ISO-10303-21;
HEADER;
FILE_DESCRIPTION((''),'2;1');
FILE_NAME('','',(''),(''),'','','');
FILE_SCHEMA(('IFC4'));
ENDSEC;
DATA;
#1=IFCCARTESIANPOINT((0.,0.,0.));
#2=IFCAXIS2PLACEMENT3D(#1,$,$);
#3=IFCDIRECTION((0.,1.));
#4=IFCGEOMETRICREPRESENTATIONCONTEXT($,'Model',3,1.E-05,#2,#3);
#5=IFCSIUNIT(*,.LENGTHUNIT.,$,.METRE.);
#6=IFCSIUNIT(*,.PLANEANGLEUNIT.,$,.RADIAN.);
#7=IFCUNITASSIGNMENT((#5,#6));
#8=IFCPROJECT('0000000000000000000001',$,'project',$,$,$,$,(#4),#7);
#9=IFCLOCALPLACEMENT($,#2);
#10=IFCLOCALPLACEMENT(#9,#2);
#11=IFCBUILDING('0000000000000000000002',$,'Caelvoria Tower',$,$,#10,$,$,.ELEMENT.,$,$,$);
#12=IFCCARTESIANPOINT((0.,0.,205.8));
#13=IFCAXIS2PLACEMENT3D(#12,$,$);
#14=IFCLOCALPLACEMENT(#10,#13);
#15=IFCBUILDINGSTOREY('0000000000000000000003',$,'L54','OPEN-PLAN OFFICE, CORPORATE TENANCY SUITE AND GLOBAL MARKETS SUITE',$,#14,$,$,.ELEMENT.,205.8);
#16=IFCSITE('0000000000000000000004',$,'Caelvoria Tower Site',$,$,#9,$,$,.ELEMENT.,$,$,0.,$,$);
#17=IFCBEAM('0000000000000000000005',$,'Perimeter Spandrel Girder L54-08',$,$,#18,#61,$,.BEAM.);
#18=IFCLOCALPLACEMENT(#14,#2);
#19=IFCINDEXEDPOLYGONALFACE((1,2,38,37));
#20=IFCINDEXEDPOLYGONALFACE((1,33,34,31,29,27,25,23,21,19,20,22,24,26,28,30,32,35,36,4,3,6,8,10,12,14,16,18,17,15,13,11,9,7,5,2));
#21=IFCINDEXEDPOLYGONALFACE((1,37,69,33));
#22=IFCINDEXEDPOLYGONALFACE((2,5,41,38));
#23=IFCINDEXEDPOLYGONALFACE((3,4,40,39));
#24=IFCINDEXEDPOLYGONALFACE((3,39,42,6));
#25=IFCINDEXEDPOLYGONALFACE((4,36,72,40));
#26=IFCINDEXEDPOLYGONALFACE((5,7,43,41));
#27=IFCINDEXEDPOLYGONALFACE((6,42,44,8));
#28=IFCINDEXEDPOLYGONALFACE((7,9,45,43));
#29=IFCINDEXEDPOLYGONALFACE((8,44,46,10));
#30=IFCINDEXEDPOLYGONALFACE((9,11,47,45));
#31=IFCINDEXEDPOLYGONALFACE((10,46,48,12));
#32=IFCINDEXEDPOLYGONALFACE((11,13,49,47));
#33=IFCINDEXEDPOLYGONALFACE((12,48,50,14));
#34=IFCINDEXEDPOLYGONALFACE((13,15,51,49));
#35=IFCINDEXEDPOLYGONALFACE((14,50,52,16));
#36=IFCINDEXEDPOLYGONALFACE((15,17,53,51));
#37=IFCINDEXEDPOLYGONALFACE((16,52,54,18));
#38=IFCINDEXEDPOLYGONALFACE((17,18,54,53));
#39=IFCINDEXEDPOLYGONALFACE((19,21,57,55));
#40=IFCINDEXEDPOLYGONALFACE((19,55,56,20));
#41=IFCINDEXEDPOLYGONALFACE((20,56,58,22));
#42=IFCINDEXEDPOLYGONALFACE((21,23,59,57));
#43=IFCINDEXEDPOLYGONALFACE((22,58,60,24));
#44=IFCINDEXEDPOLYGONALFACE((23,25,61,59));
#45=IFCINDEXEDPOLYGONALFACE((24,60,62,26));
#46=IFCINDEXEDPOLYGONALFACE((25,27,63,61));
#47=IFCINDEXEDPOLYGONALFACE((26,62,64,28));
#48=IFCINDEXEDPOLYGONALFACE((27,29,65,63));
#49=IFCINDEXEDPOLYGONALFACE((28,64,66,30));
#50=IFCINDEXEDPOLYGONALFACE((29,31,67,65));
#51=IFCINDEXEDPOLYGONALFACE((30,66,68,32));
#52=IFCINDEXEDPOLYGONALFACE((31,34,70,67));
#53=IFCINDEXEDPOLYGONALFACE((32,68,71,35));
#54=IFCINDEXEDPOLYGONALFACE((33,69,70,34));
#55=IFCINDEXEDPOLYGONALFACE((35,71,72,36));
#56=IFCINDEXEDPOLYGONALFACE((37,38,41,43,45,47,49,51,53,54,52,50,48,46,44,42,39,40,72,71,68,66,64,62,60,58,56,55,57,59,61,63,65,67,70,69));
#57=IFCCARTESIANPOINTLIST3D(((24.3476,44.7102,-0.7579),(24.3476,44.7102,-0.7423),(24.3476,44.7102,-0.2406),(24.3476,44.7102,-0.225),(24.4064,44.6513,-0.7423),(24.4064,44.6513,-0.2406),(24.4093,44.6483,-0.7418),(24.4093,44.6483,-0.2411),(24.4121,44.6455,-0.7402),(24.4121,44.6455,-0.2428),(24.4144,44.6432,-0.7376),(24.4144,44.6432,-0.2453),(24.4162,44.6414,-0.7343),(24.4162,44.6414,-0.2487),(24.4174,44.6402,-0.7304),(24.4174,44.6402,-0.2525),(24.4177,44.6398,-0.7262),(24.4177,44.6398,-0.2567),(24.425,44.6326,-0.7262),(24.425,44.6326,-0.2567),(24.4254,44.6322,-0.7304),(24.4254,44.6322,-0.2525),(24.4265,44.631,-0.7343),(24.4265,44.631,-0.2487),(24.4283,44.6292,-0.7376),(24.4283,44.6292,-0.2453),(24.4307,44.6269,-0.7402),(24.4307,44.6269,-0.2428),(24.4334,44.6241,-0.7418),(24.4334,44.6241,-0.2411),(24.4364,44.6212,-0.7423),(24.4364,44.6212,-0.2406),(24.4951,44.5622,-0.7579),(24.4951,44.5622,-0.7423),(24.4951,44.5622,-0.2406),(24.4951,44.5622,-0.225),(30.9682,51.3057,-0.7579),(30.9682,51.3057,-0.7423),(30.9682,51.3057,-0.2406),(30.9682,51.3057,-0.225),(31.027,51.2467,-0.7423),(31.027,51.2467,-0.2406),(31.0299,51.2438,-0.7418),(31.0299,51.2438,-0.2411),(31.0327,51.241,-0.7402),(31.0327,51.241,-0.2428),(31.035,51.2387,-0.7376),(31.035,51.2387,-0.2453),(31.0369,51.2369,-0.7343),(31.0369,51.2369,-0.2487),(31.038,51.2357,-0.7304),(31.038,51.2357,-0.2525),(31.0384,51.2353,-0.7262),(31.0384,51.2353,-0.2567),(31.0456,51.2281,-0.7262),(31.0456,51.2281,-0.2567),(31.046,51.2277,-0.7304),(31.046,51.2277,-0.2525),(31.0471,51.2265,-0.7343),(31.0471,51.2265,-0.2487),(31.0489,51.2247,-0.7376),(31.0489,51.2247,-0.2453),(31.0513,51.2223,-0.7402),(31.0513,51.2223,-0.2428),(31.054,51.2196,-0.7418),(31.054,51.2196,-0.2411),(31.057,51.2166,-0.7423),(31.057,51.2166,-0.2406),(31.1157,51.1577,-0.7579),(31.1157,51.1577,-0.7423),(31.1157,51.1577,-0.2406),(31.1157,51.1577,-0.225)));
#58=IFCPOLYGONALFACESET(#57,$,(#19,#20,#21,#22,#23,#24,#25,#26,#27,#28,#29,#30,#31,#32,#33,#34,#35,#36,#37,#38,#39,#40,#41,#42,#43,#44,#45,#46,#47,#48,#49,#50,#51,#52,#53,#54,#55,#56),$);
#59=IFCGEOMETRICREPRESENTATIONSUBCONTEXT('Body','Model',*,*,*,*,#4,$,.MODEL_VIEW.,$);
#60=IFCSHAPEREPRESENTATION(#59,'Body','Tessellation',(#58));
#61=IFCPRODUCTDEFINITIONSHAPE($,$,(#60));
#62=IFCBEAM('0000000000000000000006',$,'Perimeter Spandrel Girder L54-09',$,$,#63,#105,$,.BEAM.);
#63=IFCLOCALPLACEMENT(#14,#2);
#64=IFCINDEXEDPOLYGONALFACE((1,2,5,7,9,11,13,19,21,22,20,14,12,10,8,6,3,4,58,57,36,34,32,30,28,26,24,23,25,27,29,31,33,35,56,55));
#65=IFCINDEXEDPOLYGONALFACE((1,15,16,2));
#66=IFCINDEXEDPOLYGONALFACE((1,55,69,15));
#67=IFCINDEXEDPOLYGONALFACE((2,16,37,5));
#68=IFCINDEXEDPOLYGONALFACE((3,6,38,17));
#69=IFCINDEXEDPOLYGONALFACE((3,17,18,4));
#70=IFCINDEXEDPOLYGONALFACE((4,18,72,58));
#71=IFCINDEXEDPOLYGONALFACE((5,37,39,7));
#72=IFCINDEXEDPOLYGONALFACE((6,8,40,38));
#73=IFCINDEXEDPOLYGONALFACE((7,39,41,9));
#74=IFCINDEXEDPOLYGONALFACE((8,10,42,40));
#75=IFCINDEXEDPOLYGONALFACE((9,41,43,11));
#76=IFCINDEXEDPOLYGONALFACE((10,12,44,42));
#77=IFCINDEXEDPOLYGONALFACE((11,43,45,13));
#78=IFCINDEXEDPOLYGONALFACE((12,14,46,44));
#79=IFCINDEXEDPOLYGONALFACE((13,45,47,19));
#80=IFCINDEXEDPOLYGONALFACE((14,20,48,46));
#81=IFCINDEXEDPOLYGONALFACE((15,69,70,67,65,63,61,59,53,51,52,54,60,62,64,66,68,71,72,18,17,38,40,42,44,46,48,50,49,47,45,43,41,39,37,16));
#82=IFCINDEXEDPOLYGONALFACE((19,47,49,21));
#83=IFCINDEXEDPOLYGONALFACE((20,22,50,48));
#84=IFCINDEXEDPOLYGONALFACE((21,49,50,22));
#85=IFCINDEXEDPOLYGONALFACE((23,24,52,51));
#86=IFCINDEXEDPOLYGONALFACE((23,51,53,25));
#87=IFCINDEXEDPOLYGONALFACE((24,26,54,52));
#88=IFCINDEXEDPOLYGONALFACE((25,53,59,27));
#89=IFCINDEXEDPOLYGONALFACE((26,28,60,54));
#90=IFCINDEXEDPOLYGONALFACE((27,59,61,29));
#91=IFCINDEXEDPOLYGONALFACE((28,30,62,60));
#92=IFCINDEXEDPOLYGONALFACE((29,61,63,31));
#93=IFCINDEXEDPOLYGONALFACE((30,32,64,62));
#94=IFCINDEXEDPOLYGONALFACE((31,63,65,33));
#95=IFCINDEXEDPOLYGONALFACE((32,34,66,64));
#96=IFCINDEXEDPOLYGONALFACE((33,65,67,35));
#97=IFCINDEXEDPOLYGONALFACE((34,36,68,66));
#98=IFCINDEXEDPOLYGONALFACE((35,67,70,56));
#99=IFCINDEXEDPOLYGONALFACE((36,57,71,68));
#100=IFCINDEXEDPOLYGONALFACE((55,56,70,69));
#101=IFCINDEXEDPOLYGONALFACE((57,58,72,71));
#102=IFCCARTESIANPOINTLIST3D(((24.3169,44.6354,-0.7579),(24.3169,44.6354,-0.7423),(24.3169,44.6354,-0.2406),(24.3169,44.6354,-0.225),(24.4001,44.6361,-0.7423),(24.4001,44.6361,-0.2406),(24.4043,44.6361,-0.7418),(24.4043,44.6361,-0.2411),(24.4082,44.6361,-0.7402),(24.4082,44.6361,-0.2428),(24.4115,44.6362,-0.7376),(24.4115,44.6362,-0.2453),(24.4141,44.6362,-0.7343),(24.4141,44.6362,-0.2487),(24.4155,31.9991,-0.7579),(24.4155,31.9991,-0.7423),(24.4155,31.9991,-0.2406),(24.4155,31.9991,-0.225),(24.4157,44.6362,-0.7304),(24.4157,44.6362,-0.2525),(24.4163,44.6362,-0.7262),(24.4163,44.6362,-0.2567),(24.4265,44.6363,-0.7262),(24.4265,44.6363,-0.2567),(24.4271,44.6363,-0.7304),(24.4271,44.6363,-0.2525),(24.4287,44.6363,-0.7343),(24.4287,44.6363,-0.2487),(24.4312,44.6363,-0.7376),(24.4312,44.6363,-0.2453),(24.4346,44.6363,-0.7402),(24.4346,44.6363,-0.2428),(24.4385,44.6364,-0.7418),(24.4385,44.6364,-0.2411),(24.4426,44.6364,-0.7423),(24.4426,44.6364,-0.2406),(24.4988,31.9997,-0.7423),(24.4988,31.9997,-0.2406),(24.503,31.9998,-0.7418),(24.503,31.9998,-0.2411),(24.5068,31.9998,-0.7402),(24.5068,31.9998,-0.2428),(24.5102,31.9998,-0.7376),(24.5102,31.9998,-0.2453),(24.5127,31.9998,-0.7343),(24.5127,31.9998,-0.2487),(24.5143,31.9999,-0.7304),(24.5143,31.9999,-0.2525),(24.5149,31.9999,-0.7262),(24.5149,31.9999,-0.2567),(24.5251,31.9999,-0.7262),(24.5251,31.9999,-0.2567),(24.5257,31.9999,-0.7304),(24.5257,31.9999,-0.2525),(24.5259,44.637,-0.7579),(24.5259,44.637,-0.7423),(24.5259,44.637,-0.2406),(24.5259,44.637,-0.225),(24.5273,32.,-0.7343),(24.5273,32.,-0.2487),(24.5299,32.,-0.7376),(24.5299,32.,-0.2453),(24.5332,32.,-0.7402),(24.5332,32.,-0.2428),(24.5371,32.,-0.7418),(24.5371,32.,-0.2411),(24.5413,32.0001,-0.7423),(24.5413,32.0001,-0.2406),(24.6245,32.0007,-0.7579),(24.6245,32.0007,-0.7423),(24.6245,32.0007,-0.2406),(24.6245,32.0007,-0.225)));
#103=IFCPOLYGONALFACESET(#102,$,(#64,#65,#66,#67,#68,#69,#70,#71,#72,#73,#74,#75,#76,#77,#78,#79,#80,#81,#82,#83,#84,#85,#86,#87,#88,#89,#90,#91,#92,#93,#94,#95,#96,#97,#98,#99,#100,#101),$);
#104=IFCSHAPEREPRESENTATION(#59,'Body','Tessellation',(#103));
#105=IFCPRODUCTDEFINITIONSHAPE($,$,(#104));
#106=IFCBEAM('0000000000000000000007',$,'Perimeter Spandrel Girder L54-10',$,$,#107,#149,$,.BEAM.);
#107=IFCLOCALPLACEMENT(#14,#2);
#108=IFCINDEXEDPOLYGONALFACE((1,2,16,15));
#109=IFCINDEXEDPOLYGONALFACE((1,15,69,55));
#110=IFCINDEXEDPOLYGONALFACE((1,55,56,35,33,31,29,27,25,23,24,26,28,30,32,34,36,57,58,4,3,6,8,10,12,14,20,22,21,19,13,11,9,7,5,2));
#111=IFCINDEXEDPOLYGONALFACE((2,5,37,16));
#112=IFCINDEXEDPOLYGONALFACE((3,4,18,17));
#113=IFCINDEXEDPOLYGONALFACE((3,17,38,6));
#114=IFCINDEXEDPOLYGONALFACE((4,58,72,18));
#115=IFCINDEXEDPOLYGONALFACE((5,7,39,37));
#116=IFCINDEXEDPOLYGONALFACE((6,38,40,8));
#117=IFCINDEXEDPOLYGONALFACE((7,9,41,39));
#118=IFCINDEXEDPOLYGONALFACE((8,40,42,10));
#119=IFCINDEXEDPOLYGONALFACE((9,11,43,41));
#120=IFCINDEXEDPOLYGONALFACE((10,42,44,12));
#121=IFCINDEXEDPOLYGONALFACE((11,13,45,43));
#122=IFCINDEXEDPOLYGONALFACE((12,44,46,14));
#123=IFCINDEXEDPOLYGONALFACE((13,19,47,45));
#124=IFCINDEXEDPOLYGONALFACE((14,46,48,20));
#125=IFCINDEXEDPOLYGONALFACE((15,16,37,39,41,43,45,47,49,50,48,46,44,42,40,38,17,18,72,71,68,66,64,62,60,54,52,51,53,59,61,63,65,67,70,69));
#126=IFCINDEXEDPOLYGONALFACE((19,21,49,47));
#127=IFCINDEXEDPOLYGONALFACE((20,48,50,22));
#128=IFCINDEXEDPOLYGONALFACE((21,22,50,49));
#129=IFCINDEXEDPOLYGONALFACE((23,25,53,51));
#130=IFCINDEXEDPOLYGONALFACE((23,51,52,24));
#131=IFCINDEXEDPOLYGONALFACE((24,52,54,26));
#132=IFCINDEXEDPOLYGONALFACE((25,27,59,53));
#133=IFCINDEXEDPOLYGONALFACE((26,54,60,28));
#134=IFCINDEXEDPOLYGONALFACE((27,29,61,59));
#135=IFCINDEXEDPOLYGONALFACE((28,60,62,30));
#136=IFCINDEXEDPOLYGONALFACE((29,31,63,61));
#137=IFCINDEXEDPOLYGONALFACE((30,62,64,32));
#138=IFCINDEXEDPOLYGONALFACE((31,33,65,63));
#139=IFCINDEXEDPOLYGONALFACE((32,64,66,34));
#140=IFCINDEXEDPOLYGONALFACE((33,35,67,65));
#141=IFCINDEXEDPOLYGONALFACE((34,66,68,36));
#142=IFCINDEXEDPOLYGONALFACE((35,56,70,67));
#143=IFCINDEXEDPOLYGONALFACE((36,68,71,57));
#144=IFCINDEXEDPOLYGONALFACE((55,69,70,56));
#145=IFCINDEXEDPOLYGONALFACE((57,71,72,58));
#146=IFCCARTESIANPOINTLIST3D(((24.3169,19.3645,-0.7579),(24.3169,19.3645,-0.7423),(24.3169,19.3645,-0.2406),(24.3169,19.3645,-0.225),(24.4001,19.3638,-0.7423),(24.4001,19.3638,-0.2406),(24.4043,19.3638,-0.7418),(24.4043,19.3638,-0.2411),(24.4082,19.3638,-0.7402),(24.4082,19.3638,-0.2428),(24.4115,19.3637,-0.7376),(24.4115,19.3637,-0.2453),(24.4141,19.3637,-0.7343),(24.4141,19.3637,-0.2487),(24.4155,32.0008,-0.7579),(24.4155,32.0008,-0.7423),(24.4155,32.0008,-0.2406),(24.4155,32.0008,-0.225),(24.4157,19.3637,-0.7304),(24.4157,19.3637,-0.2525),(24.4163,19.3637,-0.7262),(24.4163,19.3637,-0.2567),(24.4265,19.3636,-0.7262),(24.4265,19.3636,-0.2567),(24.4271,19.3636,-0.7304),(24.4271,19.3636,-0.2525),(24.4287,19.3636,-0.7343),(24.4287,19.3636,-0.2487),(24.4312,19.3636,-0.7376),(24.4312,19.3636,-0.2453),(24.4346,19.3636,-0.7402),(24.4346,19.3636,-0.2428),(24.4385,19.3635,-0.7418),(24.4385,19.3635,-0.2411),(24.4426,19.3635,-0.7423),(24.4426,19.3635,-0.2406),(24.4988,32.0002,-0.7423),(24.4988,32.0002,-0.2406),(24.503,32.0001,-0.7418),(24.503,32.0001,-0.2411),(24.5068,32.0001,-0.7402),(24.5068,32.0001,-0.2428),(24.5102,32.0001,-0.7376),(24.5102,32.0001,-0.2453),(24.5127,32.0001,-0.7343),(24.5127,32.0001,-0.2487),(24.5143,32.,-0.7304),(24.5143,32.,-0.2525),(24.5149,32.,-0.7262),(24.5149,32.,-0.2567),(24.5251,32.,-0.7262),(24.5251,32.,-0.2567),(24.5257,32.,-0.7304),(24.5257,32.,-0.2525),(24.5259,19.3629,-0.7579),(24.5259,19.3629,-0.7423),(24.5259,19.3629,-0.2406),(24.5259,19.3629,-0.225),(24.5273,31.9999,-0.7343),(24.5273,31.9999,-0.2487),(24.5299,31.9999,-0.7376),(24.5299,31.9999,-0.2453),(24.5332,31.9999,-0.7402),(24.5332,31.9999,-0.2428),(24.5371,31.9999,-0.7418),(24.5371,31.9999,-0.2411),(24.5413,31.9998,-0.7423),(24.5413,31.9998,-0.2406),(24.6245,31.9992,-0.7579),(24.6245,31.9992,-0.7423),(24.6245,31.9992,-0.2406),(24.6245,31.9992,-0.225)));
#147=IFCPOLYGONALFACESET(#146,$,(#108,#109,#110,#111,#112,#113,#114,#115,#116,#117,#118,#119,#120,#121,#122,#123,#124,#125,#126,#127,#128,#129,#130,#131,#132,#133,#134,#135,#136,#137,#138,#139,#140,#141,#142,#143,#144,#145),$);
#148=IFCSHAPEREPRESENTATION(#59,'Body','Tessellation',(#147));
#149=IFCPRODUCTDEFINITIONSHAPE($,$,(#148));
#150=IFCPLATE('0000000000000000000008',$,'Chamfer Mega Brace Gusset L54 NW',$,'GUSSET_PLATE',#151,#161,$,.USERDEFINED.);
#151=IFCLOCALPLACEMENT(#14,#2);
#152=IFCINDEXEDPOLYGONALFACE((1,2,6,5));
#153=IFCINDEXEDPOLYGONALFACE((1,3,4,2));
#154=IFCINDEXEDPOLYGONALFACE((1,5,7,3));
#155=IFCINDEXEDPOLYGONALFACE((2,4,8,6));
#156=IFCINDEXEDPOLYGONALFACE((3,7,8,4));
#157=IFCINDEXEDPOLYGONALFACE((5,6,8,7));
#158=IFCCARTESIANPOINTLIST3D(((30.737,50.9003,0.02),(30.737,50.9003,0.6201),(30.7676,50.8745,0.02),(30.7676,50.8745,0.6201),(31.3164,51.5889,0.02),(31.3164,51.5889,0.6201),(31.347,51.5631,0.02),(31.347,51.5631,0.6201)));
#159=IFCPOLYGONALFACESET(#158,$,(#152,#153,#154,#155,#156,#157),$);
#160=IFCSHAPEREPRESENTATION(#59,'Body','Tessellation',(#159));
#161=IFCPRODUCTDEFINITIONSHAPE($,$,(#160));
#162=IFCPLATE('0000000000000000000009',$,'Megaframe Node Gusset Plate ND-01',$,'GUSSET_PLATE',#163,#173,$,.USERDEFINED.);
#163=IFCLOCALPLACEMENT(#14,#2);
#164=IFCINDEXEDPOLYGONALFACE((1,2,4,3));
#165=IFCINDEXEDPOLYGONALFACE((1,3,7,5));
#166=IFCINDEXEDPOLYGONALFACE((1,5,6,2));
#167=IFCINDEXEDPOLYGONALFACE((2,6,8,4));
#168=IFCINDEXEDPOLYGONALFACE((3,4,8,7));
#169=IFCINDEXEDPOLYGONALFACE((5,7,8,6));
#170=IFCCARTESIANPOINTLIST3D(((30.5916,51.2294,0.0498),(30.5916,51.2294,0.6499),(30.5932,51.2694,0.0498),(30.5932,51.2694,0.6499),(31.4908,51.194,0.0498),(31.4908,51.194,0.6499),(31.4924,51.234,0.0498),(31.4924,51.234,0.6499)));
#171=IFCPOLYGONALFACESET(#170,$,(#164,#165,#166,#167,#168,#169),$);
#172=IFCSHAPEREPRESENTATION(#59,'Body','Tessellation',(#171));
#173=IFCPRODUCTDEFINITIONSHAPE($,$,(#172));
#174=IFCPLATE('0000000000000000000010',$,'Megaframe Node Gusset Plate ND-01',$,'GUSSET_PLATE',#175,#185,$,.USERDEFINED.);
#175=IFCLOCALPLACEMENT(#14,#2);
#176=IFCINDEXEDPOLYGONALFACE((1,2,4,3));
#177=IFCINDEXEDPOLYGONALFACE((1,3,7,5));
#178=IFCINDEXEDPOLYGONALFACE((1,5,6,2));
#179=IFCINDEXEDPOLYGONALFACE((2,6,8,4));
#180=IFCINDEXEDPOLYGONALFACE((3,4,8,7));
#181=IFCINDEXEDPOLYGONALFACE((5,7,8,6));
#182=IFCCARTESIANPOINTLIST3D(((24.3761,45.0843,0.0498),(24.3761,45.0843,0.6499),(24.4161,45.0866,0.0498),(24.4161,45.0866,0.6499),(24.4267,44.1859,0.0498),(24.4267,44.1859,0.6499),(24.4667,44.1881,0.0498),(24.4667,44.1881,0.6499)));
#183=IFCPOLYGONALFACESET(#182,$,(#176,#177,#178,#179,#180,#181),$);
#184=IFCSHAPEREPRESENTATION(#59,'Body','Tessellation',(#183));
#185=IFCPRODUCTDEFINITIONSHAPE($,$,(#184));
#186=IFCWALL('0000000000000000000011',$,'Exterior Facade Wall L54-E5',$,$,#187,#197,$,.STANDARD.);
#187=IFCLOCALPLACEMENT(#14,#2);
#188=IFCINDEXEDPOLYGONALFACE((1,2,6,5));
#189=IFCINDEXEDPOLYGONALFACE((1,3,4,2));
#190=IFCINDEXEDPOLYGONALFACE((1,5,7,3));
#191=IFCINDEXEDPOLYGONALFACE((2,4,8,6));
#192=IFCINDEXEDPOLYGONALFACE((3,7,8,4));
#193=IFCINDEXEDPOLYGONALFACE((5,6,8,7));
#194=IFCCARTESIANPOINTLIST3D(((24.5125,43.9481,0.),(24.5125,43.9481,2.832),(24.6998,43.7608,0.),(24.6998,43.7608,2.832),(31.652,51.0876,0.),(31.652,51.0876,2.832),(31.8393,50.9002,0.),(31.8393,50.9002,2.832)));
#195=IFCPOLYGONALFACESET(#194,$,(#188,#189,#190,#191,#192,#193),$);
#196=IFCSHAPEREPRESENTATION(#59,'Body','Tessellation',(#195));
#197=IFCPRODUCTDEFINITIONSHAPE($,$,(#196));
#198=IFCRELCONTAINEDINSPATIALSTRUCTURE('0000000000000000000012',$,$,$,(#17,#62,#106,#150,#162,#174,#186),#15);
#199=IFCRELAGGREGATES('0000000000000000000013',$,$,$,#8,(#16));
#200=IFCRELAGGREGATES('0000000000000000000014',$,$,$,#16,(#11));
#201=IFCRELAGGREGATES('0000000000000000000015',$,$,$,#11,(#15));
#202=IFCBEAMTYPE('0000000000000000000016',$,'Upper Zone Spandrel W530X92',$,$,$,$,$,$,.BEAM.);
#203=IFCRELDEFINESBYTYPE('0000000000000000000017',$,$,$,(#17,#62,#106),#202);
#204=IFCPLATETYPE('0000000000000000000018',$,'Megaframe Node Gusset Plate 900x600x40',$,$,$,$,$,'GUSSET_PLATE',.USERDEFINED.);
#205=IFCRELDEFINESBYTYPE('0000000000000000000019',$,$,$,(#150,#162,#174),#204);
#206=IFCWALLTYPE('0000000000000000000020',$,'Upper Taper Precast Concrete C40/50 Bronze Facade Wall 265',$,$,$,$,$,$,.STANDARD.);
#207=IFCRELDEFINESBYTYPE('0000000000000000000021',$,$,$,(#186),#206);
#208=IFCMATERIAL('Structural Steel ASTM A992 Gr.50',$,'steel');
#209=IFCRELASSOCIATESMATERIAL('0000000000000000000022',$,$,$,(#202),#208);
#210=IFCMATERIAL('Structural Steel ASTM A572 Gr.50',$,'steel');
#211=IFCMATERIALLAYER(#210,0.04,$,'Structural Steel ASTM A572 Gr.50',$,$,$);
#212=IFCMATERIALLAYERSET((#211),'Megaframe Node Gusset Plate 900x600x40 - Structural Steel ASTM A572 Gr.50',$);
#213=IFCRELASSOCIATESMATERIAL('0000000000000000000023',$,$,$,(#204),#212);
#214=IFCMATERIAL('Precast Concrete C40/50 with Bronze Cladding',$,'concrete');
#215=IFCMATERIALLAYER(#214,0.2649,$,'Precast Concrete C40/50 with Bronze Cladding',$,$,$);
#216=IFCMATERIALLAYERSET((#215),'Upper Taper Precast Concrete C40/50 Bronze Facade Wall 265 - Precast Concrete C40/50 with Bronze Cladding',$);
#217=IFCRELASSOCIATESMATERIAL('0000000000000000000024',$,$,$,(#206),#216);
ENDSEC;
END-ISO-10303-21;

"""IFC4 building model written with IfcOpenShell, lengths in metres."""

from ifc_helpers import new_model, si_unit, direction, frame, frame_2d, origin, origin_2d, place, context, subcontext, project, spatial, rectangle, i_section, extrude, material, layer, layer_set, material_profile, profile_set, type_object, element, save


model = new_model("IFC4")

# Units and contexts
model_context = context("Model", 3, precision=1e-05, world=origin(), true_north=direction((0.0, 1.0)))
body_context = subcontext(model_context, "Body", "Model", "MODEL_VIEW")
ifc_project = project(units=[si_unit("LENGTHUNIT", "METRE"), si_unit("PLANEANGLEUNIT", "RADIAN")], contexts=[model_context])

# Site, building, storey
site_placement = place(None, origin())
site = spatial("IfcSite", under=ifc_project, at=site_placement, Name="Caelvoria Tower Site", CompositionType="ELEMENT", RefElevation=0.0)
building_placement = place(site_placement, origin())
building = spatial("IfcBuilding", under=site, at=building_placement, Name="Caelvoria Tower", CompositionType="ELEMENT")
storey_placement = place(building_placement, frame((0.0, 0.0, 205.8)))
storey = spatial("IfcBuildingStorey", under=building, at=storey_placement, Name="L54", Description="OPEN-PLAN OFFICE, CORPORATE TENANCY SUITE AND GLOBAL MARKETS SUITE", CompositionType="ELEMENT", Elevation=205.8)

# Shared definitions
ifc_material_1 = material(Name="Structural Steel ASTM A572 Gr.50", Category="steel")
ifc_material_2 = material(Name="Structural Steel ASTM A992 Gr.50", Category="steel")

# Beams
ifc_material_profile_1 = material_profile(ifc_material_2, i_section(OverallWidth=0.209, OverallDepth=0.533, WebThickness=0.0103, FlangeThickness=0.0156, FilletRadius=0.0161, at=origin_2d()), Name="Structural Steel ASTM A992 Gr.50")
ifc_profile_set_1 = profile_set([ifc_material_profile_1], Name="W530X92 - Structural Steel ASTM A992 Gr.50")
beam_type_1 = type_object("IfcBeamType", Name="Upper Zone Spandrel W530X92", PredefinedType="BEAM", material=ifc_profile_set_1)
beam_1_placement = place(storey_placement, frame((31.042, 51.2317, -0.4915), z_axis=(-0.708451, -0.70576, 0.0), x_axis=(0.70576, -0.708451, 0.0)))
element("IfcBeam", 1, at=beam_1_placement, inside=storey, type_object=beam_type_1, Name="Perimeter Spandrel Girder L54-08", PredefinedType="BEAM", context=body_context, shape_type="SweptSolid", body=[
    extrude(i_section(OverallWidth=0.209, OverallDepth=0.533, WebThickness=0.0103, FlangeThickness=0.0156, FilletRadius=0.0161, at=origin_2d()), origin(), (0.0, 0.0, 1.0), 9.3452),
])
for number, where, z_axis, x_axis, name in (
    (2, (24.4214, 44.6362, -0.4915), (0.007805, -0.99997, 0.0), (0.99997, 0.007805, 0.0), "Perimeter Spandrel Girder L54-09"),
    (3, (24.52, 32.0, -0.4915), (-0.007805, -0.99997, 0.0), (0.99997, -0.007805, 0.0), "Perimeter Spandrel Girder L54-10"),
):
    element("IfcBeam", number, at=place(storey_placement, frame(where, z_axis=z_axis, x_axis=x_axis)), inside=storey, type_object=beam_type_1, Name=name, PredefinedType="BEAM", context=body_context, shape_type="SweptSolid", body=[
        extrude(i_section(OverallWidth=0.209, OverallDepth=0.533, WebThickness=0.0103, FlangeThickness=0.0156, FilletRadius=0.0161, at=origin_2d()), origin(), (0.0, 0.0, 1.0), 12.6367),
    ])

# Plates
ifc_layer_1 = layer(ifc_material_1, 0.04, Name="Structural Steel ASTM A572 Gr.50")
ifc_layer_set_1 = layer_set([ifc_layer_1], Name="Megaframe Node Gusset Plate 900x600x40 - Structural Steel ASTM A572 Gr.50")
plate_type = type_object("IfcPlateType", Name="Megaframe Node Gusset Plate 900x600x40", ElementType="GUSSET_PLATE", PredefinedType="USERDEFINED", material=ifc_layer_set_1)
for number, where, z_axis, x_axis, name in (
    (4, (31.042, 51.2317, 0.02), (0.0, 0.0, 1.0), (-0.643803, -0.765191, 0.0), "Chamfer Mega Brace Gusset L54 NW"),
    (5, (31.042, 51.2317, 0.0498), (0.0, 0.0, 1.0), (0.999228, -0.039286, 0.0), "Megaframe Node Gusset Plate ND-01"),
    (6, (24.4214, 44.6362, 0.0498), (0.0, 0.0, 1.0), (0.05628, -0.998415, 0.0), "Megaframe Node Gusset Plate ND-01"),
):
    element("IfcPlate", number, at=place(storey_placement, frame(where, z_axis=z_axis, x_axis=x_axis)), inside=storey, type_object=plate_type, Name=name, ObjectType="GUSSET_PLATE", PredefinedType="USERDEFINED", context=body_context, shape_type="SweptSolid", body=[
        extrude(rectangle(XDim=0.8999, YDim=0.04, at=origin_2d()), origin(), (0.0, 0.0, 1.0), 0.6001),
    ])

# Wall
ifc_material_3 = material(Name="Precast Concrete C40/50 with Bronze Cladding", Category="concrete")
ifc_layer_2 = layer(ifc_material_3, 0.2649, Name="Precast Concrete C40/50 with Bronze Cladding")
ifc_layer_set_2 = layer_set([ifc_layer_2], Name="Upper Taper Precast Concrete C40/50 Bronze Facade Wall 265 - Precast Concrete C40/50 with Bronze Cladding")
wall_type = type_object("IfcWallType", Name="Upper Taper Precast Concrete C40/50 Bronze Facade Wall 265", PredefinedType="STANDARD", material=ifc_layer_set_2)
wall_1_placement = place(storey_placement, frame((31.7456, 50.9939, 0.0), z_axis=(0.0, 0.0, 1.0), x_axis=(-0.707107, -0.707107, 0.0)))
element("IfcWall", 7, at=wall_1_placement, inside=storey, type_object=wall_type, Name="Exterior Facade Wall L54-E5", PredefinedType="STANDARD", context=body_context, shape_type="SweptSolid", body=[
    extrude(rectangle(XDim=10.0967, YDim=0.2649, at=frame_2d((5.0483, 0.0))), origin(), (0.0, 0.0, 1.0), 2.832),
])

save(model, "model.ifc")
